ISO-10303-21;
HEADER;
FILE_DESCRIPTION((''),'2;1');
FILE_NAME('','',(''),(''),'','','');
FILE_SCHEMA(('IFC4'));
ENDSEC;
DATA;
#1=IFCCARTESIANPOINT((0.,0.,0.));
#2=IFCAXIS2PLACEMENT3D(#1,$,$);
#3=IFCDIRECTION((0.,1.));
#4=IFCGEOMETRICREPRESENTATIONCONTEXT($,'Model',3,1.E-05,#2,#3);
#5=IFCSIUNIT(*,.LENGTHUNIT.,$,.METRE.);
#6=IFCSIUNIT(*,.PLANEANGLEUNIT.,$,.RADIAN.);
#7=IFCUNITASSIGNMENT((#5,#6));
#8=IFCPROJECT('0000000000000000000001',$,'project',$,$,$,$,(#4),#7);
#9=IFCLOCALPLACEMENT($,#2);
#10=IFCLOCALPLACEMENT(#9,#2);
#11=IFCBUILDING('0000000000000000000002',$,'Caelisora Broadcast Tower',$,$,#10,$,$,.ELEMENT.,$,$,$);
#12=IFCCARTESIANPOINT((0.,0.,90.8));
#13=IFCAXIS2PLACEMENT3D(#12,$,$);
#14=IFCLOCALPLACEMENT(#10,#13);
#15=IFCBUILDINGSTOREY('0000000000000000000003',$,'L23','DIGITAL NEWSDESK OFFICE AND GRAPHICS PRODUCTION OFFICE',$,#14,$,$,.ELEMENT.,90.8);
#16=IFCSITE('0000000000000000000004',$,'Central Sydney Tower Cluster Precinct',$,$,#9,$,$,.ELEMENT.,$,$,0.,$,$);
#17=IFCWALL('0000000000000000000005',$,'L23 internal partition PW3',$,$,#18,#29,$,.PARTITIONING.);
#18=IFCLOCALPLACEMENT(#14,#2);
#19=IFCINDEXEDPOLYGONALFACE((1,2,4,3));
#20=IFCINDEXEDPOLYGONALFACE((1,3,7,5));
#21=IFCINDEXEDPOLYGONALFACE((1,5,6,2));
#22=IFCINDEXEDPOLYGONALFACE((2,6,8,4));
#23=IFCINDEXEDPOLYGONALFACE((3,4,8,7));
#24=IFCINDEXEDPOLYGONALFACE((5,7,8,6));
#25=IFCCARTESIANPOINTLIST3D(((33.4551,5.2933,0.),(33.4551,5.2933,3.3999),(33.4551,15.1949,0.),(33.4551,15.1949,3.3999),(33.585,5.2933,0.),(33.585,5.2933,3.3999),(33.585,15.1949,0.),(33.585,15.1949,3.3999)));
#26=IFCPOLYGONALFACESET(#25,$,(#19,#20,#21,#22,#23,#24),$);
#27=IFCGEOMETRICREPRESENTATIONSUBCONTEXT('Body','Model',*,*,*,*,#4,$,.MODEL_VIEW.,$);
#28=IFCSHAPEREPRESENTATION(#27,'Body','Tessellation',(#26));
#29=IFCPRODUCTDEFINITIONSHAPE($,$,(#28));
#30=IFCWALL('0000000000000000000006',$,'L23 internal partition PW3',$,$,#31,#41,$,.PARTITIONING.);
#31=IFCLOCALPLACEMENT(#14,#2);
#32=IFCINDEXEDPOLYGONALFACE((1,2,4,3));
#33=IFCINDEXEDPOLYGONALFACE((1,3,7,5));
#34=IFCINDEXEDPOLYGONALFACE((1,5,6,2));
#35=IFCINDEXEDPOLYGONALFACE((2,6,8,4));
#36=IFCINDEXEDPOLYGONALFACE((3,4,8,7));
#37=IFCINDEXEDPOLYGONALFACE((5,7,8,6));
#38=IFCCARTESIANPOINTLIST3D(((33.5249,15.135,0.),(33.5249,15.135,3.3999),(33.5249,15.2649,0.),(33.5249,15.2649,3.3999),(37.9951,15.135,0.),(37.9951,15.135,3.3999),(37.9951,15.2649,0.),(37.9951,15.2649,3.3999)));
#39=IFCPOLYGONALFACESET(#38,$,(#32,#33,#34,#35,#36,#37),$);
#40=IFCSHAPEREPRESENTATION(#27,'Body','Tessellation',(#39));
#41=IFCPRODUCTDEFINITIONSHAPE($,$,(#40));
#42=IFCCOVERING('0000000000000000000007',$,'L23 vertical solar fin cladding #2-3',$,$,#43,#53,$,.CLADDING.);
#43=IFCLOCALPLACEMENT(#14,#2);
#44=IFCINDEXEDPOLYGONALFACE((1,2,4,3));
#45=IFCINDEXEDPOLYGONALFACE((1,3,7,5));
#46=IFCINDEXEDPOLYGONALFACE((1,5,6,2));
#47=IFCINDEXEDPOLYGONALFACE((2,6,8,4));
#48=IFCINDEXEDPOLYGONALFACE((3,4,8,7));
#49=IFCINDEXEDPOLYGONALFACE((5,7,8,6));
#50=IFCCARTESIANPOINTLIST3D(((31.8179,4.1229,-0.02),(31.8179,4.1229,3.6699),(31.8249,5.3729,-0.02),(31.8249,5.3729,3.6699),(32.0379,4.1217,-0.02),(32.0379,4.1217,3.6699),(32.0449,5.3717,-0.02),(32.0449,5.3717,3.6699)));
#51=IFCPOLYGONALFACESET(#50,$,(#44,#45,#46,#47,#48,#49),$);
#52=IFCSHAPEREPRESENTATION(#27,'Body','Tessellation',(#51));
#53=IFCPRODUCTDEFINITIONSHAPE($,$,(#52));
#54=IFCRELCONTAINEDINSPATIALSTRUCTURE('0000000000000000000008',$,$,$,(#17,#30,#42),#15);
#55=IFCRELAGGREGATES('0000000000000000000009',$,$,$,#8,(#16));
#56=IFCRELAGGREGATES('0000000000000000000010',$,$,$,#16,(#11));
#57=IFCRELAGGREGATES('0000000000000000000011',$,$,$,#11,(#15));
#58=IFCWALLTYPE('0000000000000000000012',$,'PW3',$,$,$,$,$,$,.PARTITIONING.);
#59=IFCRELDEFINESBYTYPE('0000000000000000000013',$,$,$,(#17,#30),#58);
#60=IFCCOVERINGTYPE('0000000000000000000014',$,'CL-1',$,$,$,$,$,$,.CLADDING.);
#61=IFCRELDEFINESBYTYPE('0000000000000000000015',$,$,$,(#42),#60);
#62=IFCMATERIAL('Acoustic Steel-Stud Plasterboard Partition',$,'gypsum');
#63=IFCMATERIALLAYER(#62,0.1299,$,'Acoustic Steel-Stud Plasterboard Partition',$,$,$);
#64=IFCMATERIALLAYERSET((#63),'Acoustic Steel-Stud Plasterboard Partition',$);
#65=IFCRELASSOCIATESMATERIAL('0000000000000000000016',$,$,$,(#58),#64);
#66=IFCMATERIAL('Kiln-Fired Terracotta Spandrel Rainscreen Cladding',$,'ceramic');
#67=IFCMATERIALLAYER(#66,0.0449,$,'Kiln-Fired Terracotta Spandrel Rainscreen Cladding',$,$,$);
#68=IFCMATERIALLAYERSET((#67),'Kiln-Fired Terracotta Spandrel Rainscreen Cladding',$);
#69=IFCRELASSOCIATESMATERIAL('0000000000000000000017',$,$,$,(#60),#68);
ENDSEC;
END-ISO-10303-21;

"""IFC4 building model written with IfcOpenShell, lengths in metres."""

from ifc_helpers import new_model, si_unit, direction, frame, frame_2d, origin, origin_2d, place, context, subcontext, project, spatial, rectangle, extrude, source, transform, mapped, material, layer, layer_set, type_object, type_shapes, element, save


model = new_model("IFC4")

# Units and contexts
model_context = context("Model", 3, precision=1e-05, world=origin(), true_north=direction((0.0, 1.0)))
body_context = subcontext(model_context, "Body", "Model", "MODEL_VIEW")
ifc_project = project(units=[si_unit("LENGTHUNIT", "METRE"), si_unit("PLANEANGLEUNIT", "RADIAN")], contexts=[model_context])

# Site, building, storey
site_placement = place(None, origin())
site = spatial("IfcSite", under=ifc_project, at=site_placement, Name="Central Sydney Tower Cluster Precinct", CompositionType="ELEMENT", RefElevation=0.0)
building_placement = place(site_placement, origin())
building = spatial("IfcBuilding", under=site, at=building_placement, Name="Caelisora Broadcast Tower", CompositionType="ELEMENT")
storey_placement = place(building_placement, frame((0.0, 0.0, 90.8)))
storey = spatial("IfcBuildingStorey", under=building, at=storey_placement, Name="L23", Description="DIGITAL NEWSDESK OFFICE AND GRAPHICS PRODUCTION OFFICE", CompositionType="ELEMENT", Elevation=90.8)

# Walls
ifc_material_1 = material(Name="Acoustic Steel-Stud Plasterboard Partition", Category="gypsum")
ifc_layer_1 = layer(ifc_material_1, 0.1299, Name="Acoustic Steel-Stud Plasterboard Partition")
ifc_layer_set_1 = layer_set([ifc_layer_1], Name="Acoustic Steel-Stud Plasterboard Partition")
wall_type = type_object("IfcWallType", Name="PW3", PredefinedType="PARTITIONING", material=ifc_layer_set_1)
wall_1_placement = place(storey_placement, frame((33.52, 5.2935, 0.0), z_axis=(0.0, 0.0, 1.0), x_axis=(0.0, 1.0, 0.0)))
element("IfcWall", 1, at=wall_1_placement, inside=storey, type_object=wall_type, Name="L23 internal partition PW3", PredefinedType="PARTITIONING", context=body_context, shape_type="SweptSolid", body=[
    extrude(rectangle(XDim=9.9016, YDim=0.1299, at=frame_2d((4.9507, 0.0))), origin(), (0.0, 0.0, 1.0), 3.3999),
])
wall_2_placement = place(storey_placement, frame((33.5249, 15.2, 0.0), z_axis=(0.0, 0.0, 1.0), x_axis=(1.0, 0.0, 0.0)))
element("IfcWall", 2, at=wall_2_placement, inside=storey, type_object=wall_type, Name="L23 internal partition PW3", PredefinedType="PARTITIONING", context=body_context, shape_type="SweptSolid", body=[
    extrude(rectangle(XDim=4.4702, YDim=0.1299, at=frame_2d((2.2351, 0.0))), origin(), (0.0, 0.0, 1.0), 3.3999),
])

# Covering
ifc_material_2 = material(Name="Kiln-Fired Terracotta Spandrel Rainscreen Cladding", Category="ceramic")
ifc_layer_2 = layer(ifc_material_2, 0.0449, Name="Kiln-Fired Terracotta Spandrel Rainscreen Cladding")
ifc_layer_set_2 = layer_set([ifc_layer_2], Name="Kiln-Fired Terracotta Spandrel Rainscreen Cladding")
covering_type = type_object("IfcCoveringType", Name="CL-1", PredefinedType="CLADDING", material=ifc_layer_set_2)
shared_shape_1 = source(origin(), body_context, "Body", "SweptSolid", [
    extrude(rectangle(XDim=0.22, YDim=1.25, at=origin_2d()), origin(), (0.0, 0.0, 1.0), 3.6899),
])
type_shapes(covering_type, [shared_shape_1])
covering_placement = place(storey_placement, frame((31.9314, 4.7473, -0.02), z_axis=(0.0, 0.0, 1.0), x_axis=(-0.999984, 0.005585, 0.0)))
element("IfcCovering", 3, at=covering_placement, inside=storey, type_object=covering_type, Name="L23 vertical solar fin cladding #2-3", PredefinedType="CLADDING", context=body_context, shape_type="MappedRepresentation", body=[
    mapped(shared_shape_1, transform((0.0, 0.0, 0.0), scale=1.0)),
])

save(model, "model.ifc")
